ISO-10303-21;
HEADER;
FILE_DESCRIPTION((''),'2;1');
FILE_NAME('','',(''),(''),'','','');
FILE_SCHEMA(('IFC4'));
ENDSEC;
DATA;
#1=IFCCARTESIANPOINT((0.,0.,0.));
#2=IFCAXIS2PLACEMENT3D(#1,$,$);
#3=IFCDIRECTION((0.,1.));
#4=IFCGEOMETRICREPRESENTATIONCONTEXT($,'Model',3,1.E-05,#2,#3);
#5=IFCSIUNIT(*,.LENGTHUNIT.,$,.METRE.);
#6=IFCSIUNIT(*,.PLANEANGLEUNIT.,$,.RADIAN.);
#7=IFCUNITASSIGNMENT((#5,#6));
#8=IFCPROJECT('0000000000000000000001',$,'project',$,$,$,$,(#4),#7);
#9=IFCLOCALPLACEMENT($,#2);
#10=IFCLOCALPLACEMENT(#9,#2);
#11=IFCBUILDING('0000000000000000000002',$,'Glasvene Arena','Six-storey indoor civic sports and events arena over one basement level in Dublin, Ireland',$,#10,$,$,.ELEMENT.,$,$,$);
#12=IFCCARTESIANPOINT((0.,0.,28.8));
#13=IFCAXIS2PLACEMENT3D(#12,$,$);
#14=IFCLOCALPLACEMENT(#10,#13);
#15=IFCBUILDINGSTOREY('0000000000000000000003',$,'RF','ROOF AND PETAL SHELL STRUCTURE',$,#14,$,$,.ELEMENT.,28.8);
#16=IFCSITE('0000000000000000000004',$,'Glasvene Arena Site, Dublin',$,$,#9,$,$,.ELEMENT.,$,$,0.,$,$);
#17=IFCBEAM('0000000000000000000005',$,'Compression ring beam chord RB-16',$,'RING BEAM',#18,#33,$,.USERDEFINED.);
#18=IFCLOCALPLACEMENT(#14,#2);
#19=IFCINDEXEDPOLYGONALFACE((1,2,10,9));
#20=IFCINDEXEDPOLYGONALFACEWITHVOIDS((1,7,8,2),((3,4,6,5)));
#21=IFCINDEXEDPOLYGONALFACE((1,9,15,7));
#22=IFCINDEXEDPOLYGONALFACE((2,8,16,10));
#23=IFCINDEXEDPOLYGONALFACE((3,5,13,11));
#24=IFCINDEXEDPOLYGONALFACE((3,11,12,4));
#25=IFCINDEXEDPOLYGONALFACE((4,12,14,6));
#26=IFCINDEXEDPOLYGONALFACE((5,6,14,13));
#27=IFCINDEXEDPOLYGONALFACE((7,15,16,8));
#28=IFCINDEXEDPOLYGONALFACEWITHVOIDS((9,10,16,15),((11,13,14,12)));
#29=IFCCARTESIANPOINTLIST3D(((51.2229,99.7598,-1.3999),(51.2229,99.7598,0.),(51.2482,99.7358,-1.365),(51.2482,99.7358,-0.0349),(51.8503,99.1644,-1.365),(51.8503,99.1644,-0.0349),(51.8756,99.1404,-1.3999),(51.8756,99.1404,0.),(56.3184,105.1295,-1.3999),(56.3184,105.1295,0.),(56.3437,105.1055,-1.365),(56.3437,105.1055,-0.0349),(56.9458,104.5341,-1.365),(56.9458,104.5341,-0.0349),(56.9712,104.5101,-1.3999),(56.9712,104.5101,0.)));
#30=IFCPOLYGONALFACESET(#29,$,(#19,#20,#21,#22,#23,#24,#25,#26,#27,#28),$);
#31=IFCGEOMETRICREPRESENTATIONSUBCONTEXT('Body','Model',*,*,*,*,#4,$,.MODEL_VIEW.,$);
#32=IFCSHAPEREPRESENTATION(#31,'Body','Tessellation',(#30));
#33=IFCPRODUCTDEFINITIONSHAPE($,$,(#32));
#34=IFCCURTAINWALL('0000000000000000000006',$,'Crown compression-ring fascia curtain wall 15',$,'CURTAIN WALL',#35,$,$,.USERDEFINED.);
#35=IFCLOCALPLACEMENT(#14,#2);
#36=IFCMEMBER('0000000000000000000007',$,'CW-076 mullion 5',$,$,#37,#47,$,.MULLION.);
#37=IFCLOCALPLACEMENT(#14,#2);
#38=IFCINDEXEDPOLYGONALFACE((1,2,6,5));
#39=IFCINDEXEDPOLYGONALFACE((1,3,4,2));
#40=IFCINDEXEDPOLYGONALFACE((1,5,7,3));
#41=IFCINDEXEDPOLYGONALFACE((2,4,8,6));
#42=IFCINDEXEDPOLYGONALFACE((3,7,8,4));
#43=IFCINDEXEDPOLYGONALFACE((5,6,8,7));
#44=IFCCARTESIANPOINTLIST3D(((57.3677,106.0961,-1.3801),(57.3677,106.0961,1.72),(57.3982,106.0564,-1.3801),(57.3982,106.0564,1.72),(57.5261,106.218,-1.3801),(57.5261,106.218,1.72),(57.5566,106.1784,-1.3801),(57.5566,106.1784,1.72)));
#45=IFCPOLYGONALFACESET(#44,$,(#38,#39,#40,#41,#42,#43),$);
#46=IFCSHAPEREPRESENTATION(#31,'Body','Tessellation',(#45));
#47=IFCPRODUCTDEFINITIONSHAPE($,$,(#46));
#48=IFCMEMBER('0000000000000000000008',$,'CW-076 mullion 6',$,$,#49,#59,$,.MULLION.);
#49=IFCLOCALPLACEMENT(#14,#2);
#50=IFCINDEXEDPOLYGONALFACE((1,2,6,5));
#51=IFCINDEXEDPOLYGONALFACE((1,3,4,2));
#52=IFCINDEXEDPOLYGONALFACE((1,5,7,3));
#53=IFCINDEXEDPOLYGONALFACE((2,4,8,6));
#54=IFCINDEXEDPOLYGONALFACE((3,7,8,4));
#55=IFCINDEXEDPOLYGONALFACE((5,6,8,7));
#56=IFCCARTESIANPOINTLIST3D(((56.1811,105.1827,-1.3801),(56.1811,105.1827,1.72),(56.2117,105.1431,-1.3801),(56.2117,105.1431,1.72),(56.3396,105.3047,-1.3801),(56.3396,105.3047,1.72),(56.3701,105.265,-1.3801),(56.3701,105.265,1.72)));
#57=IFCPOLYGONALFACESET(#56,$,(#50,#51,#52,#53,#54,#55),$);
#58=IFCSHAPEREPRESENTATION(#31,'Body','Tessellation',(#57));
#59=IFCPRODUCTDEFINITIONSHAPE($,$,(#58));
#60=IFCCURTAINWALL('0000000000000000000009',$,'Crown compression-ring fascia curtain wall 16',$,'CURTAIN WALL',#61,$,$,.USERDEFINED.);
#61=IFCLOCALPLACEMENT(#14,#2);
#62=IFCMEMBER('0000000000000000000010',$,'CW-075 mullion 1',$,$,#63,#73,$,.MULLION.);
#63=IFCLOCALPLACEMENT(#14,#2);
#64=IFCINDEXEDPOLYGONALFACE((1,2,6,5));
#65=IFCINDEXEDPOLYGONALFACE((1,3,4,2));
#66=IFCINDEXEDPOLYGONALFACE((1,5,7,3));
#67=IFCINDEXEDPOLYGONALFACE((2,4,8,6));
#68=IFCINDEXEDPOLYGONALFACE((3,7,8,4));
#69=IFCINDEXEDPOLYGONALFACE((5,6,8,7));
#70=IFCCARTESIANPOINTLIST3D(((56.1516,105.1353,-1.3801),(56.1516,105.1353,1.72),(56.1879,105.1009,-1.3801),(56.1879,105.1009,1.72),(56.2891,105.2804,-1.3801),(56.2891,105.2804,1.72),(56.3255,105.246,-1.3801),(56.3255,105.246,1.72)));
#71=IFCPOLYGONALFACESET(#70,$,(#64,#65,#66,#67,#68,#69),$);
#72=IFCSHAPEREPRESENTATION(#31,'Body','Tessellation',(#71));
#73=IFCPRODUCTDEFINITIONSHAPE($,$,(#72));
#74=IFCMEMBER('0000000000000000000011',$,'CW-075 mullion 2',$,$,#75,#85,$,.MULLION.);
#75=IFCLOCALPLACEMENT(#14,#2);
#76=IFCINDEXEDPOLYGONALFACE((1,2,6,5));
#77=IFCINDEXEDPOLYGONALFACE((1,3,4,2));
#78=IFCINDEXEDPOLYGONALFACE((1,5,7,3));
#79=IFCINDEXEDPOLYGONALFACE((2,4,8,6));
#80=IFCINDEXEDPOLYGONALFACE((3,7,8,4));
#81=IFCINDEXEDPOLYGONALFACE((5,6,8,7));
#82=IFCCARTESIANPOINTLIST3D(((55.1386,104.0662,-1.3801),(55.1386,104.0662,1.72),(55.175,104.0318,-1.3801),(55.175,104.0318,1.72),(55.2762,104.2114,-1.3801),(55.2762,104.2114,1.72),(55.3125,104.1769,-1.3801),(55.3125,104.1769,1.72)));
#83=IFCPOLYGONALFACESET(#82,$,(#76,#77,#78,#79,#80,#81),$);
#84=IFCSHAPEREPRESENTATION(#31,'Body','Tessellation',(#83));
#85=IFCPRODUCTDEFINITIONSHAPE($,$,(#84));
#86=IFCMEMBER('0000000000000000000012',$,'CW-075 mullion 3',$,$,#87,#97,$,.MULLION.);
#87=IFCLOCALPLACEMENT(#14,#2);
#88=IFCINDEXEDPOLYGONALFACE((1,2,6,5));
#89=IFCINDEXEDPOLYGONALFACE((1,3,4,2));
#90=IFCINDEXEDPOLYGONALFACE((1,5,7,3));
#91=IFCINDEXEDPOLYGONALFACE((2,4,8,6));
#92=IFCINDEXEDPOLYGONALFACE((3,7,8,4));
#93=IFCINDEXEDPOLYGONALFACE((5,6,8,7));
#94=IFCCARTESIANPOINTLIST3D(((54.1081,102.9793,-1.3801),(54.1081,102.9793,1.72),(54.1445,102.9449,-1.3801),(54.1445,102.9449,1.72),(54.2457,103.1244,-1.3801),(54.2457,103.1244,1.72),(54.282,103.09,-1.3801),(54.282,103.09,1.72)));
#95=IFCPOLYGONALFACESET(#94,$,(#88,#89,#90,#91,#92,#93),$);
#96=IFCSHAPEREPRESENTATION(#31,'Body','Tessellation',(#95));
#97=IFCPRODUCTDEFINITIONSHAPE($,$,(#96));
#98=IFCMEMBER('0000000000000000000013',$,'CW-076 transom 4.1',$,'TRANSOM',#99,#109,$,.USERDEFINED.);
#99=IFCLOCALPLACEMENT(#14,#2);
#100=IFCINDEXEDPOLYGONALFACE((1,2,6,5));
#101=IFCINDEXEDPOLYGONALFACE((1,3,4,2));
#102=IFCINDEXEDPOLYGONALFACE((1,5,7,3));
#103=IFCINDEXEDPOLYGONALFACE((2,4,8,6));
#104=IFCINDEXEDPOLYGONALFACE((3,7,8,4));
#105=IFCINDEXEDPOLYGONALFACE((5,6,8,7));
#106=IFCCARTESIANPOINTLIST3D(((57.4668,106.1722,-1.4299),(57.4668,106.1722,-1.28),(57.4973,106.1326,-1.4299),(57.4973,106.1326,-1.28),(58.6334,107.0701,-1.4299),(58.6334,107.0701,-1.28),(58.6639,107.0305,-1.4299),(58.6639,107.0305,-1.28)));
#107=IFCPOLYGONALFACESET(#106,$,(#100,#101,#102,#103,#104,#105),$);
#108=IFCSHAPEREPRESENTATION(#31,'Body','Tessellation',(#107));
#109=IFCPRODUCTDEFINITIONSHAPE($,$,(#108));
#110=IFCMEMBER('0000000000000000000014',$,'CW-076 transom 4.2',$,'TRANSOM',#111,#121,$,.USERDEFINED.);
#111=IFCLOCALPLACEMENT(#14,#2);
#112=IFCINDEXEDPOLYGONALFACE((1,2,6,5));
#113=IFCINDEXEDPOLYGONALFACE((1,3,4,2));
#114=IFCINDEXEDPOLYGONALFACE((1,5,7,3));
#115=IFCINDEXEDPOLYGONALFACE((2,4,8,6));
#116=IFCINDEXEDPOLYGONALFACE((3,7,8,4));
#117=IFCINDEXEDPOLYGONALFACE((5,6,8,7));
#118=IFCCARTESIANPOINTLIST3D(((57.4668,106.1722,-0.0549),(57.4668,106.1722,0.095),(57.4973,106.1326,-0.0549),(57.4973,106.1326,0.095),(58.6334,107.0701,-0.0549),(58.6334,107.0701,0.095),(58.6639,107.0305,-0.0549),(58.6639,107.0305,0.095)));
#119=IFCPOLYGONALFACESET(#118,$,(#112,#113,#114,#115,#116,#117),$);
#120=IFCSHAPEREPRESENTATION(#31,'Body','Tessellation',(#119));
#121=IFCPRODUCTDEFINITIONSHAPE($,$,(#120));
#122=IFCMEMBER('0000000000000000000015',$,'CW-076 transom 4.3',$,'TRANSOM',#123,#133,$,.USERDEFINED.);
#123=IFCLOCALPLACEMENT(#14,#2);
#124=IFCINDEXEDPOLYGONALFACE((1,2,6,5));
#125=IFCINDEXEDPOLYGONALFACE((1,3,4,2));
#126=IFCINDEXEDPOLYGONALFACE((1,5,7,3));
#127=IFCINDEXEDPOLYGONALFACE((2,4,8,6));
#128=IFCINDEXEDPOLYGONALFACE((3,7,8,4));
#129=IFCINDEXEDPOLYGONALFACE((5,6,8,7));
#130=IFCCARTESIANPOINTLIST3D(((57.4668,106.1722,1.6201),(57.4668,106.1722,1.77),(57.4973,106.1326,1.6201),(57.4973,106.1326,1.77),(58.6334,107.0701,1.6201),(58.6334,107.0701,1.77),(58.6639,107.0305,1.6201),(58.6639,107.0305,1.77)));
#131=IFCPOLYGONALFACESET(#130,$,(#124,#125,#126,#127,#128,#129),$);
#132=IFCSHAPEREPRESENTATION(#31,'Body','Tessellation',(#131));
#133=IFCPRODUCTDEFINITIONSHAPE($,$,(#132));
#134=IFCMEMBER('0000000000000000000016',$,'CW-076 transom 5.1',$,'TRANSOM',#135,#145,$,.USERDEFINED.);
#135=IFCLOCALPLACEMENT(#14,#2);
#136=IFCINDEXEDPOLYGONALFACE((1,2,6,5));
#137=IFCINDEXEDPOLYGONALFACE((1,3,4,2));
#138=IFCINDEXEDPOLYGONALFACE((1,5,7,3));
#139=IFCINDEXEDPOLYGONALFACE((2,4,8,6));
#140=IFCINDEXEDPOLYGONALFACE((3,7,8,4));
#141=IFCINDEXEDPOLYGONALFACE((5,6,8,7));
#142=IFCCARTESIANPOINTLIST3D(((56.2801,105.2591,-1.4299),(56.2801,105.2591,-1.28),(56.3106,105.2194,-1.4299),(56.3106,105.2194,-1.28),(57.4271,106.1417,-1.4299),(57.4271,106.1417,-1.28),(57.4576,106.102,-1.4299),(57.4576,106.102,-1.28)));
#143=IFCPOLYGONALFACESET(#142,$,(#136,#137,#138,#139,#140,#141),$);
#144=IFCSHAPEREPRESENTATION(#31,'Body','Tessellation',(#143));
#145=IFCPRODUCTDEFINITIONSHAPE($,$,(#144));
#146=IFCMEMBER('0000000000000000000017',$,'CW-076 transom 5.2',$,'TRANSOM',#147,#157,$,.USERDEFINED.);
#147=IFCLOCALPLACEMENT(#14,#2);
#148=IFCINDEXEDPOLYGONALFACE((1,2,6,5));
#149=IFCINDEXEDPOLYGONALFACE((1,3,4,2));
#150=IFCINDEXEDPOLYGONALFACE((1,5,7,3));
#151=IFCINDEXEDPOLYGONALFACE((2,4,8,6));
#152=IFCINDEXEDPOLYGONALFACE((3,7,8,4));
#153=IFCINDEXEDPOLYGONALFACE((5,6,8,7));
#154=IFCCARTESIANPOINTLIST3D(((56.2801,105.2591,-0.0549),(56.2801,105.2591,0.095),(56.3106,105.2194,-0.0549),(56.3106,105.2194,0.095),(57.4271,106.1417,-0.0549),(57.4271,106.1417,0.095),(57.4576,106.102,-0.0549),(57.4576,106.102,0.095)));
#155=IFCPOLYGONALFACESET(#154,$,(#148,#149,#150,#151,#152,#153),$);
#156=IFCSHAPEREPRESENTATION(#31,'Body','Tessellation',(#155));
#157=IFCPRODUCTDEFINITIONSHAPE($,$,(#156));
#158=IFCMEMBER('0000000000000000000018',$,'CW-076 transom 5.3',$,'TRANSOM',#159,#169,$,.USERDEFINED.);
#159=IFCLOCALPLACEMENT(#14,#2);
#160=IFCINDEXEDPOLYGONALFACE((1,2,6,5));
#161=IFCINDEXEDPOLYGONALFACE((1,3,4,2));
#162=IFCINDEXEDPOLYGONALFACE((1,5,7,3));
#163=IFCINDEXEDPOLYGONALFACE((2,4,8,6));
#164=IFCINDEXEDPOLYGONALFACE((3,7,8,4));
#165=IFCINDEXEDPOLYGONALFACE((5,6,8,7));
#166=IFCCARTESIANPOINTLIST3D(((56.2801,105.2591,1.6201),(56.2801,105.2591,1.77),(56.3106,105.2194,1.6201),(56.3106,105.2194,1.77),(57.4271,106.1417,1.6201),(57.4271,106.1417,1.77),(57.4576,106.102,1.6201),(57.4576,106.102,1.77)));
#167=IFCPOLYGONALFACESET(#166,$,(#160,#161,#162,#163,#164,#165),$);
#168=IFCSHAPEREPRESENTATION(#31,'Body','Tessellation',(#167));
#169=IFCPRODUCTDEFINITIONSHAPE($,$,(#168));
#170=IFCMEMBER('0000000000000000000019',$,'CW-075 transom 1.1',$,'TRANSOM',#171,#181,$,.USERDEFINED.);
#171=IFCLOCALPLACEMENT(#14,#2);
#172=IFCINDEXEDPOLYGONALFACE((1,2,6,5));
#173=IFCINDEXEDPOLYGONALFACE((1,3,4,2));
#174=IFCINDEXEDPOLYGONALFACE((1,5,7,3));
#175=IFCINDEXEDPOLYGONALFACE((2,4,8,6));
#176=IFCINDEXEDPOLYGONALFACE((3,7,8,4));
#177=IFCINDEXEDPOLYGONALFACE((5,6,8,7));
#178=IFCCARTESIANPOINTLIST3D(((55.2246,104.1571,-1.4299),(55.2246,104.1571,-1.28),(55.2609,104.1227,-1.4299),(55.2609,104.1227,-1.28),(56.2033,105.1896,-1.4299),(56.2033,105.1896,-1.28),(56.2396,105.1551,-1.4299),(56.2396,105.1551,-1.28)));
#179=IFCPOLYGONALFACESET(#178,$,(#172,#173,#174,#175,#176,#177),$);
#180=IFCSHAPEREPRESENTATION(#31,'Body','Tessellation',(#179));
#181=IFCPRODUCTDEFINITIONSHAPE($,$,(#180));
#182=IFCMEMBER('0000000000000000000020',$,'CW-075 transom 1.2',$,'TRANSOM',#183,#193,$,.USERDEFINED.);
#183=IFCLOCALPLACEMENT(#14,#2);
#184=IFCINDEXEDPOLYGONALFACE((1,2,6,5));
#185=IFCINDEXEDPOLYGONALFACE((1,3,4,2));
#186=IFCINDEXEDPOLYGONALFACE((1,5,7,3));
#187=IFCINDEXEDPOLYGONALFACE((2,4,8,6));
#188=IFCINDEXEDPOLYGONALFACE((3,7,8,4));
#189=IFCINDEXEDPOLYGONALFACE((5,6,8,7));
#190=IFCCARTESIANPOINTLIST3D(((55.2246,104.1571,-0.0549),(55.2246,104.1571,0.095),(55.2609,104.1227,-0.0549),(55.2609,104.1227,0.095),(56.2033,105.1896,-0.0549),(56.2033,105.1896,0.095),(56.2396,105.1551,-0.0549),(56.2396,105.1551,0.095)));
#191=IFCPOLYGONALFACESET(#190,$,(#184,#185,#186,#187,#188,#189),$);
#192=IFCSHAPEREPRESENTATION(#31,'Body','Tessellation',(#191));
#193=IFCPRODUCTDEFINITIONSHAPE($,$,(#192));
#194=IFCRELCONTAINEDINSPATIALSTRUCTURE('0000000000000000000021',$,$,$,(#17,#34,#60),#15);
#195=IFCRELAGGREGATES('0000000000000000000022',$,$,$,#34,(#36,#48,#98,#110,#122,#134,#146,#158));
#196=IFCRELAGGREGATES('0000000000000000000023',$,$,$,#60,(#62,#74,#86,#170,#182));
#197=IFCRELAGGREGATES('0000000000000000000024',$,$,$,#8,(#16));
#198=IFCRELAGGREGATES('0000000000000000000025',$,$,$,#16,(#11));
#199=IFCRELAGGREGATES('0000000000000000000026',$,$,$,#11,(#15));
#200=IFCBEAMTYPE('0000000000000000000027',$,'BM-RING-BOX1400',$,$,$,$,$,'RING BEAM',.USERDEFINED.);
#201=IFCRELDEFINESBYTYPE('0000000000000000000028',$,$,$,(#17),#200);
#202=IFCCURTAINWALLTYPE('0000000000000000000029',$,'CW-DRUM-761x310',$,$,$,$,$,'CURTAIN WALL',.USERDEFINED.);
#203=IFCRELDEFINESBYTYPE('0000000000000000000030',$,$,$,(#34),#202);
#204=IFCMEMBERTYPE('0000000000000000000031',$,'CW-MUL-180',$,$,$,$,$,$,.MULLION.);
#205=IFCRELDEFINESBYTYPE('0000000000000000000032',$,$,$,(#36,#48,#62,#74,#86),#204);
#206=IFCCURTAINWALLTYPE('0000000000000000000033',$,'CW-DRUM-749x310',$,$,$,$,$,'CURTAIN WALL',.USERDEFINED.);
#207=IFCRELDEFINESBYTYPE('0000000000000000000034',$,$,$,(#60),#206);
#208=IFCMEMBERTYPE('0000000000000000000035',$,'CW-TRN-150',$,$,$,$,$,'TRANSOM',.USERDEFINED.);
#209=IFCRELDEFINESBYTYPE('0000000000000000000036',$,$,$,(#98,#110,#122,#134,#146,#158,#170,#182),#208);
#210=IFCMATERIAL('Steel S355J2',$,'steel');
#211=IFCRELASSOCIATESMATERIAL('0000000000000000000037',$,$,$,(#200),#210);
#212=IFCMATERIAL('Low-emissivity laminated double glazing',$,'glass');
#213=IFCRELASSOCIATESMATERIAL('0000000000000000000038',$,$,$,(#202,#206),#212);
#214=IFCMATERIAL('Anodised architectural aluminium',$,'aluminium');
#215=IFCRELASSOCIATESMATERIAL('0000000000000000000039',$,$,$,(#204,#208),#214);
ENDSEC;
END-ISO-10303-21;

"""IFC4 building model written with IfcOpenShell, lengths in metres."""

from ifc_helpers import new_model, si_unit, direction, frame, origin, origin_2d, place, context, subcontext, project, spatial, rectangle, hollow_rectangle, extrude, material, material_profile, profile_set, type_object, element, aggregate, save


model = new_model("IFC4")

# Units and contexts
model_context = context("Model", 3, precision=1e-05, world=origin(), true_north=direction((0.0, 1.0)))
body_context = subcontext(model_context, "Body", "Model", "MODEL_VIEW")
ifc_project = project(units=[si_unit("LENGTHUNIT", "METRE"), si_unit("PLANEANGLEUNIT", "RADIAN")], contexts=[model_context])

# Site, building, storey
site_placement = place(None, origin())
site = spatial("IfcSite", under=ifc_project, at=site_placement, Name="Glasvene Arena Site, Dublin", CompositionType="ELEMENT", RefElevation=0.0)
building_placement = place(site_placement, origin())
building = spatial("IfcBuilding", under=site, at=building_placement, Name="Glasvene Arena", Description="Six-storey indoor civic sports and events arena over one basement level in Dublin, Ireland", CompositionType="ELEMENT")
storey_placement = place(building_placement, frame((0.0, 0.0, 28.8)))
storey = spatial("IfcBuildingStorey", under=building, at=storey_placement, Name="RF", Description="ROOF AND PETAL SHELL STRUCTURE", CompositionType="ELEMENT", Elevation=28.8)

# Beam
ifc_material_1 = material(Name="Steel S355J2", Category="steel")
ifc_material_profile_1 = material_profile(ifc_material_1, hollow_rectangle(XDim=0.8999, YDim=1.3999, WallThickness=0.0349, at=origin_2d()), Name="WBOX 900x1400x35")
ifc_profile_set_1 = profile_set([ifc_material_profile_1], Name="Steel S355J2")
beam_type = type_object("IfcBeamType", Name="BM-RING-BOX1400", ElementType="RING BEAM", PredefinedType="USERDEFINED", material=ifc_profile_set_1)
beam_placement = place(storey_placement, frame((56.6448, 104.8198, -0.7), z_axis=(-0.688345, -0.725383, 0.0), x_axis=(0.725383, -0.688345, 0.0)))
element("IfcBeam", 1, at=beam_placement, inside=storey, type_object=beam_type, Name="Compression ring beam chord RB-16", ObjectType="RING BEAM", PredefinedType="USERDEFINED", context=body_context, shape_type="SweptSolid", body=[
    extrude(hollow_rectangle(XDim=0.8999, YDim=1.3999, WallThickness=0.0349, at=origin_2d()), origin(), (0.0, 0.0, 1.0), 7.4026),
])

# Curtain walls, members
ifc_material_2 = material(Name="Low-emissivity laminated double glazing", Category="glass")
curtain_wall_type_1 = type_object("IfcCurtainWallType", Name="CW-DRUM-761x310", ElementType="CURTAIN WALL", PredefinedType="USERDEFINED", material=ifc_material_2)
curtain_wall_1_placement = place(storey_placement, frame((62.2876, 109.8506, 0.0)))
curtain_wall_1 = element("IfcCurtainWall", 2, at=curtain_wall_1_placement, inside=storey, type_object=curtain_wall_type_1, Name="Crown compression-ring fascia curtain wall 15", ObjectType="CURTAIN WALL", PredefinedType="USERDEFINED")
ifc_material_3 = material(Name="Anodised architectural aluminium", Category="aluminium")
ifc_material_profile_2 = material_profile(ifc_material_3, rectangle(XDim=0.05, YDim=0.2, at=origin_2d()), Name="ALU MULLION 50x200")
ifc_profile_set_2 = profile_set([ifc_material_profile_2], Name="Anodised architectural aluminium")
member_type_1 = type_object("IfcMemberType", Name="CW-MUL-180", PredefinedType="MULLION", material=ifc_profile_set_2)
member_1_placement = place(storey_placement, frame((57.4622, 106.1372, -1.3801), z_axis=(0.0, 0.0, 1.0), x_axis=(0.609895, -0.792482, 0.0)))
member_1 = element("IfcMember", 3, at=member_1_placement, type_object=member_type_1, Name="CW-076 mullion 5", PredefinedType="MULLION", context=body_context, shape_type="SweptSolid", body=[
    extrude(rectangle(XDim=0.05, YDim=0.2, at=origin_2d()), origin(), (0.0, 0.0, 1.0), 3.1001),
])
member_2_placement = place(storey_placement, frame((56.2756, 105.2239, -1.3801), z_axis=(0.0, 0.0, 1.0), x_axis=(0.609895, -0.792482, 0.0)))
member_2 = element("IfcMember", 4, at=member_2_placement, type_object=member_type_1, Name="CW-076 mullion 6", PredefinedType="MULLION", context=body_context, shape_type="SweptSolid", body=[
    extrude(rectangle(XDim=0.05, YDim=0.2, at=origin_2d()), origin(), (0.0, 0.0, 1.0), 3.1001),
])
curtain_wall_type_2 = type_object("IfcCurtainWallType", Name="CW-DRUM-749x310", ElementType="CURTAIN WALL", PredefinedType="USERDEFINED", material=ifc_material_2)
curtain_wall_2_placement = place(storey_placement, frame((56.2559, 105.2087, 0.0)))
curtain_wall_2 = element("IfcCurtainWall", 5, at=curtain_wall_2_placement, inside=storey, type_object=curtain_wall_type_2, Name="Crown compression-ring fascia curtain wall 16", ObjectType="CURTAIN WALL", PredefinedType="USERDEFINED")
member_3_placement = place(storey_placement, frame((56.2385, 105.1907, -1.3801), z_axis=(0.0, 0.0, 1.0), x_axis=(0.725782, -0.687925, 0.0)))
member_3 = element("IfcMember", 6, at=member_3_placement, type_object=member_type_1, Name="CW-075 mullion 1", PredefinedType="MULLION", context=body_context, shape_type="SweptSolid", body=[
    extrude(rectangle(XDim=0.05, YDim=0.2, at=origin_2d()), origin(), (0.0, 0.0, 1.0), 3.1001),
])
member_4_placement = place(storey_placement, frame((55.2256, 104.1216, -1.3801), z_axis=(0.0, 0.0, 1.0), x_axis=(0.725782, -0.687925, 0.0)))
member_4 = element("IfcMember", 7, at=member_4_placement, type_object=member_type_1, Name="CW-075 mullion 2", PredefinedType="MULLION", context=body_context, shape_type="SweptSolid", body=[
    extrude(rectangle(XDim=0.05, YDim=0.2, at=origin_2d()), origin(), (0.0, 0.0, 1.0), 3.1001),
])
member_5_placement = place(storey_placement, frame((54.1951, 103.0347, -1.3801), z_axis=(0.0, 0.0, 1.0), x_axis=(0.725782, -0.687925, 0.0)))
member_5 = element("IfcMember", 8, at=member_5_placement, type_object=member_type_1, Name="CW-075 mullion 3", PredefinedType="MULLION", context=body_context, shape_type="SweptSolid", body=[
    extrude(rectangle(XDim=0.05, YDim=0.2, at=origin_2d()), origin(), (0.0, 0.0, 1.0), 3.1001),
])

# Members
ifc_material_profile_3 = material_profile(ifc_material_3, rectangle(XDim=0.05, YDim=0.1499, at=origin_2d()), Name="ALU TRANSOM 50x150")
ifc_profile_set_3 = profile_set([ifc_material_profile_3], Name="Anodised architectural aluminium")
member_type_2 = type_object("IfcMemberType", Name="CW-TRN-150", ElementType="TRANSOM", PredefinedType="USERDEFINED", material=ifc_profile_set_3)
member_6_placement = place(storey_placement, frame((58.6487, 107.0503, -1.355), z_axis=(-0.792476, -0.609903, 0.0), x_axis=(0.609903, -0.792476, 0.0)))
member_6 = element("IfcMember", 9, at=member_6_placement, type_object=member_type_2, Name="CW-076 transom 4.1", ObjectType="TRANSOM", PredefinedType="USERDEFINED", context=body_context, shape_type="SweptSolid", body=[
    extrude(rectangle(XDim=0.05, YDim=0.1499, at=origin_2d()), origin(), (0.0, 0.0, 1.0), 1.4722),
])
member_7_placement = place(storey_placement, frame((58.6487, 107.0503, 0.02), z_axis=(-0.792476, -0.609903, 0.0), x_axis=(0.609903, -0.792476, 0.0)))
member_7 = element("IfcMember", 10, at=member_7_placement, type_object=member_type_2, Name="CW-076 transom 4.2", ObjectType="TRANSOM", PredefinedType="USERDEFINED", context=body_context, shape_type="SweptSolid", body=[
    extrude(rectangle(XDim=0.05, YDim=0.1499, at=origin_2d()), origin(), (0.0, 0.0, 1.0), 1.4722),
])
member_8_placement = place(storey_placement, frame((58.6487, 107.0503, 1.6951), z_axis=(-0.792476, -0.609903, 0.0), x_axis=(0.609903, -0.792476, 0.0)))
member_8 = element("IfcMember", 11, at=member_8_placement, type_object=member_type_2, Name="CW-076 transom 4.3", ObjectType="TRANSOM", PredefinedType="USERDEFINED", context=body_context, shape_type="SweptSolid", body=[
    extrude(rectangle(XDim=0.05, YDim=0.1499, at=origin_2d()), origin(), (0.0, 0.0, 1.0), 1.4722),
])
member_9_placement = place(storey_placement, frame((57.4424, 106.1218, -1.355), z_axis=(-0.79253, -0.609833, 0.0), x_axis=(0.609833, -0.79253, 0.0)))
member_9 = element("IfcMember", 12, at=member_9_placement, type_object=member_type_2, Name="CW-076 transom 5.1", ObjectType="TRANSOM", PredefinedType="USERDEFINED", context=body_context, shape_type="SweptSolid", body=[
    extrude(rectangle(XDim=0.05, YDim=0.1499, at=origin_2d()), origin(), (0.0, 0.0, 1.0), 1.4473),
])
member_10_placement = place(storey_placement, frame((57.4424, 106.1218, 0.02), z_axis=(-0.79253, -0.609833, 0.0), x_axis=(0.609833, -0.79253, 0.0)))
member_10 = element("IfcMember", 13, at=member_10_placement, type_object=member_type_2, Name="CW-076 transom 5.2", ObjectType="TRANSOM", PredefinedType="USERDEFINED", context=body_context, shape_type="SweptSolid", body=[
    extrude(rectangle(XDim=0.05, YDim=0.1499, at=origin_2d()), origin(), (0.0, 0.0, 1.0), 1.4473),
])
member_11_placement = place(storey_placement, frame((57.4424, 106.1218, 1.6951), z_axis=(-0.79253, -0.609833, 0.0), x_axis=(0.609833, -0.79253, 0.0)))
member_11 = element("IfcMember", 14, at=member_11_placement, type_object=member_type_2, Name="CW-076 transom 5.3", ObjectType="TRANSOM", PredefinedType="USERDEFINED", context=body_context, shape_type="SweptSolid", body=[
    extrude(rectangle(XDim=0.05, YDim=0.1499, at=origin_2d()), origin(), (0.0, 0.0, 1.0), 1.4473),
])
member_12_placement = place(storey_placement, frame((56.2214, 105.1724, -1.355), z_axis=(-0.687978, -0.725732, 0.0), x_axis=(0.725732, -0.687978, 0.0)))
member_12 = element("IfcMember", 15, at=member_12_placement, type_object=member_type_2, Name="CW-075 transom 1.1", ObjectType="TRANSOM", PredefinedType="USERDEFINED", context=body_context, shape_type="SweptSolid", body=[
    extrude(rectangle(XDim=0.05, YDim=0.1499, at=origin_2d()), origin(), (0.0, 0.0, 1.0), 1.4226),
])
member_13_placement = place(storey_placement, frame((56.2214, 105.1724, 0.02), z_axis=(-0.687978, -0.725732, 0.0), x_axis=(0.725732, -0.687978, 0.0)))
member_13 = element("IfcMember", 16, at=member_13_placement, type_object=member_type_2, Name="CW-075 transom 1.2", ObjectType="TRANSOM", PredefinedType="USERDEFINED", context=body_context, shape_type="SweptSolid", body=[
    extrude(rectangle(XDim=0.05, YDim=0.1499, at=origin_2d()), origin(), (0.0, 0.0, 1.0), 1.4226),
])

aggregate(curtain_wall_1, [member_1, member_2, member_6, member_7, member_8, member_9, member_10, member_11])
aggregate(curtain_wall_2, [member_3, member_4, member_5, member_12, member_13])

save(model, "model.ifc")
